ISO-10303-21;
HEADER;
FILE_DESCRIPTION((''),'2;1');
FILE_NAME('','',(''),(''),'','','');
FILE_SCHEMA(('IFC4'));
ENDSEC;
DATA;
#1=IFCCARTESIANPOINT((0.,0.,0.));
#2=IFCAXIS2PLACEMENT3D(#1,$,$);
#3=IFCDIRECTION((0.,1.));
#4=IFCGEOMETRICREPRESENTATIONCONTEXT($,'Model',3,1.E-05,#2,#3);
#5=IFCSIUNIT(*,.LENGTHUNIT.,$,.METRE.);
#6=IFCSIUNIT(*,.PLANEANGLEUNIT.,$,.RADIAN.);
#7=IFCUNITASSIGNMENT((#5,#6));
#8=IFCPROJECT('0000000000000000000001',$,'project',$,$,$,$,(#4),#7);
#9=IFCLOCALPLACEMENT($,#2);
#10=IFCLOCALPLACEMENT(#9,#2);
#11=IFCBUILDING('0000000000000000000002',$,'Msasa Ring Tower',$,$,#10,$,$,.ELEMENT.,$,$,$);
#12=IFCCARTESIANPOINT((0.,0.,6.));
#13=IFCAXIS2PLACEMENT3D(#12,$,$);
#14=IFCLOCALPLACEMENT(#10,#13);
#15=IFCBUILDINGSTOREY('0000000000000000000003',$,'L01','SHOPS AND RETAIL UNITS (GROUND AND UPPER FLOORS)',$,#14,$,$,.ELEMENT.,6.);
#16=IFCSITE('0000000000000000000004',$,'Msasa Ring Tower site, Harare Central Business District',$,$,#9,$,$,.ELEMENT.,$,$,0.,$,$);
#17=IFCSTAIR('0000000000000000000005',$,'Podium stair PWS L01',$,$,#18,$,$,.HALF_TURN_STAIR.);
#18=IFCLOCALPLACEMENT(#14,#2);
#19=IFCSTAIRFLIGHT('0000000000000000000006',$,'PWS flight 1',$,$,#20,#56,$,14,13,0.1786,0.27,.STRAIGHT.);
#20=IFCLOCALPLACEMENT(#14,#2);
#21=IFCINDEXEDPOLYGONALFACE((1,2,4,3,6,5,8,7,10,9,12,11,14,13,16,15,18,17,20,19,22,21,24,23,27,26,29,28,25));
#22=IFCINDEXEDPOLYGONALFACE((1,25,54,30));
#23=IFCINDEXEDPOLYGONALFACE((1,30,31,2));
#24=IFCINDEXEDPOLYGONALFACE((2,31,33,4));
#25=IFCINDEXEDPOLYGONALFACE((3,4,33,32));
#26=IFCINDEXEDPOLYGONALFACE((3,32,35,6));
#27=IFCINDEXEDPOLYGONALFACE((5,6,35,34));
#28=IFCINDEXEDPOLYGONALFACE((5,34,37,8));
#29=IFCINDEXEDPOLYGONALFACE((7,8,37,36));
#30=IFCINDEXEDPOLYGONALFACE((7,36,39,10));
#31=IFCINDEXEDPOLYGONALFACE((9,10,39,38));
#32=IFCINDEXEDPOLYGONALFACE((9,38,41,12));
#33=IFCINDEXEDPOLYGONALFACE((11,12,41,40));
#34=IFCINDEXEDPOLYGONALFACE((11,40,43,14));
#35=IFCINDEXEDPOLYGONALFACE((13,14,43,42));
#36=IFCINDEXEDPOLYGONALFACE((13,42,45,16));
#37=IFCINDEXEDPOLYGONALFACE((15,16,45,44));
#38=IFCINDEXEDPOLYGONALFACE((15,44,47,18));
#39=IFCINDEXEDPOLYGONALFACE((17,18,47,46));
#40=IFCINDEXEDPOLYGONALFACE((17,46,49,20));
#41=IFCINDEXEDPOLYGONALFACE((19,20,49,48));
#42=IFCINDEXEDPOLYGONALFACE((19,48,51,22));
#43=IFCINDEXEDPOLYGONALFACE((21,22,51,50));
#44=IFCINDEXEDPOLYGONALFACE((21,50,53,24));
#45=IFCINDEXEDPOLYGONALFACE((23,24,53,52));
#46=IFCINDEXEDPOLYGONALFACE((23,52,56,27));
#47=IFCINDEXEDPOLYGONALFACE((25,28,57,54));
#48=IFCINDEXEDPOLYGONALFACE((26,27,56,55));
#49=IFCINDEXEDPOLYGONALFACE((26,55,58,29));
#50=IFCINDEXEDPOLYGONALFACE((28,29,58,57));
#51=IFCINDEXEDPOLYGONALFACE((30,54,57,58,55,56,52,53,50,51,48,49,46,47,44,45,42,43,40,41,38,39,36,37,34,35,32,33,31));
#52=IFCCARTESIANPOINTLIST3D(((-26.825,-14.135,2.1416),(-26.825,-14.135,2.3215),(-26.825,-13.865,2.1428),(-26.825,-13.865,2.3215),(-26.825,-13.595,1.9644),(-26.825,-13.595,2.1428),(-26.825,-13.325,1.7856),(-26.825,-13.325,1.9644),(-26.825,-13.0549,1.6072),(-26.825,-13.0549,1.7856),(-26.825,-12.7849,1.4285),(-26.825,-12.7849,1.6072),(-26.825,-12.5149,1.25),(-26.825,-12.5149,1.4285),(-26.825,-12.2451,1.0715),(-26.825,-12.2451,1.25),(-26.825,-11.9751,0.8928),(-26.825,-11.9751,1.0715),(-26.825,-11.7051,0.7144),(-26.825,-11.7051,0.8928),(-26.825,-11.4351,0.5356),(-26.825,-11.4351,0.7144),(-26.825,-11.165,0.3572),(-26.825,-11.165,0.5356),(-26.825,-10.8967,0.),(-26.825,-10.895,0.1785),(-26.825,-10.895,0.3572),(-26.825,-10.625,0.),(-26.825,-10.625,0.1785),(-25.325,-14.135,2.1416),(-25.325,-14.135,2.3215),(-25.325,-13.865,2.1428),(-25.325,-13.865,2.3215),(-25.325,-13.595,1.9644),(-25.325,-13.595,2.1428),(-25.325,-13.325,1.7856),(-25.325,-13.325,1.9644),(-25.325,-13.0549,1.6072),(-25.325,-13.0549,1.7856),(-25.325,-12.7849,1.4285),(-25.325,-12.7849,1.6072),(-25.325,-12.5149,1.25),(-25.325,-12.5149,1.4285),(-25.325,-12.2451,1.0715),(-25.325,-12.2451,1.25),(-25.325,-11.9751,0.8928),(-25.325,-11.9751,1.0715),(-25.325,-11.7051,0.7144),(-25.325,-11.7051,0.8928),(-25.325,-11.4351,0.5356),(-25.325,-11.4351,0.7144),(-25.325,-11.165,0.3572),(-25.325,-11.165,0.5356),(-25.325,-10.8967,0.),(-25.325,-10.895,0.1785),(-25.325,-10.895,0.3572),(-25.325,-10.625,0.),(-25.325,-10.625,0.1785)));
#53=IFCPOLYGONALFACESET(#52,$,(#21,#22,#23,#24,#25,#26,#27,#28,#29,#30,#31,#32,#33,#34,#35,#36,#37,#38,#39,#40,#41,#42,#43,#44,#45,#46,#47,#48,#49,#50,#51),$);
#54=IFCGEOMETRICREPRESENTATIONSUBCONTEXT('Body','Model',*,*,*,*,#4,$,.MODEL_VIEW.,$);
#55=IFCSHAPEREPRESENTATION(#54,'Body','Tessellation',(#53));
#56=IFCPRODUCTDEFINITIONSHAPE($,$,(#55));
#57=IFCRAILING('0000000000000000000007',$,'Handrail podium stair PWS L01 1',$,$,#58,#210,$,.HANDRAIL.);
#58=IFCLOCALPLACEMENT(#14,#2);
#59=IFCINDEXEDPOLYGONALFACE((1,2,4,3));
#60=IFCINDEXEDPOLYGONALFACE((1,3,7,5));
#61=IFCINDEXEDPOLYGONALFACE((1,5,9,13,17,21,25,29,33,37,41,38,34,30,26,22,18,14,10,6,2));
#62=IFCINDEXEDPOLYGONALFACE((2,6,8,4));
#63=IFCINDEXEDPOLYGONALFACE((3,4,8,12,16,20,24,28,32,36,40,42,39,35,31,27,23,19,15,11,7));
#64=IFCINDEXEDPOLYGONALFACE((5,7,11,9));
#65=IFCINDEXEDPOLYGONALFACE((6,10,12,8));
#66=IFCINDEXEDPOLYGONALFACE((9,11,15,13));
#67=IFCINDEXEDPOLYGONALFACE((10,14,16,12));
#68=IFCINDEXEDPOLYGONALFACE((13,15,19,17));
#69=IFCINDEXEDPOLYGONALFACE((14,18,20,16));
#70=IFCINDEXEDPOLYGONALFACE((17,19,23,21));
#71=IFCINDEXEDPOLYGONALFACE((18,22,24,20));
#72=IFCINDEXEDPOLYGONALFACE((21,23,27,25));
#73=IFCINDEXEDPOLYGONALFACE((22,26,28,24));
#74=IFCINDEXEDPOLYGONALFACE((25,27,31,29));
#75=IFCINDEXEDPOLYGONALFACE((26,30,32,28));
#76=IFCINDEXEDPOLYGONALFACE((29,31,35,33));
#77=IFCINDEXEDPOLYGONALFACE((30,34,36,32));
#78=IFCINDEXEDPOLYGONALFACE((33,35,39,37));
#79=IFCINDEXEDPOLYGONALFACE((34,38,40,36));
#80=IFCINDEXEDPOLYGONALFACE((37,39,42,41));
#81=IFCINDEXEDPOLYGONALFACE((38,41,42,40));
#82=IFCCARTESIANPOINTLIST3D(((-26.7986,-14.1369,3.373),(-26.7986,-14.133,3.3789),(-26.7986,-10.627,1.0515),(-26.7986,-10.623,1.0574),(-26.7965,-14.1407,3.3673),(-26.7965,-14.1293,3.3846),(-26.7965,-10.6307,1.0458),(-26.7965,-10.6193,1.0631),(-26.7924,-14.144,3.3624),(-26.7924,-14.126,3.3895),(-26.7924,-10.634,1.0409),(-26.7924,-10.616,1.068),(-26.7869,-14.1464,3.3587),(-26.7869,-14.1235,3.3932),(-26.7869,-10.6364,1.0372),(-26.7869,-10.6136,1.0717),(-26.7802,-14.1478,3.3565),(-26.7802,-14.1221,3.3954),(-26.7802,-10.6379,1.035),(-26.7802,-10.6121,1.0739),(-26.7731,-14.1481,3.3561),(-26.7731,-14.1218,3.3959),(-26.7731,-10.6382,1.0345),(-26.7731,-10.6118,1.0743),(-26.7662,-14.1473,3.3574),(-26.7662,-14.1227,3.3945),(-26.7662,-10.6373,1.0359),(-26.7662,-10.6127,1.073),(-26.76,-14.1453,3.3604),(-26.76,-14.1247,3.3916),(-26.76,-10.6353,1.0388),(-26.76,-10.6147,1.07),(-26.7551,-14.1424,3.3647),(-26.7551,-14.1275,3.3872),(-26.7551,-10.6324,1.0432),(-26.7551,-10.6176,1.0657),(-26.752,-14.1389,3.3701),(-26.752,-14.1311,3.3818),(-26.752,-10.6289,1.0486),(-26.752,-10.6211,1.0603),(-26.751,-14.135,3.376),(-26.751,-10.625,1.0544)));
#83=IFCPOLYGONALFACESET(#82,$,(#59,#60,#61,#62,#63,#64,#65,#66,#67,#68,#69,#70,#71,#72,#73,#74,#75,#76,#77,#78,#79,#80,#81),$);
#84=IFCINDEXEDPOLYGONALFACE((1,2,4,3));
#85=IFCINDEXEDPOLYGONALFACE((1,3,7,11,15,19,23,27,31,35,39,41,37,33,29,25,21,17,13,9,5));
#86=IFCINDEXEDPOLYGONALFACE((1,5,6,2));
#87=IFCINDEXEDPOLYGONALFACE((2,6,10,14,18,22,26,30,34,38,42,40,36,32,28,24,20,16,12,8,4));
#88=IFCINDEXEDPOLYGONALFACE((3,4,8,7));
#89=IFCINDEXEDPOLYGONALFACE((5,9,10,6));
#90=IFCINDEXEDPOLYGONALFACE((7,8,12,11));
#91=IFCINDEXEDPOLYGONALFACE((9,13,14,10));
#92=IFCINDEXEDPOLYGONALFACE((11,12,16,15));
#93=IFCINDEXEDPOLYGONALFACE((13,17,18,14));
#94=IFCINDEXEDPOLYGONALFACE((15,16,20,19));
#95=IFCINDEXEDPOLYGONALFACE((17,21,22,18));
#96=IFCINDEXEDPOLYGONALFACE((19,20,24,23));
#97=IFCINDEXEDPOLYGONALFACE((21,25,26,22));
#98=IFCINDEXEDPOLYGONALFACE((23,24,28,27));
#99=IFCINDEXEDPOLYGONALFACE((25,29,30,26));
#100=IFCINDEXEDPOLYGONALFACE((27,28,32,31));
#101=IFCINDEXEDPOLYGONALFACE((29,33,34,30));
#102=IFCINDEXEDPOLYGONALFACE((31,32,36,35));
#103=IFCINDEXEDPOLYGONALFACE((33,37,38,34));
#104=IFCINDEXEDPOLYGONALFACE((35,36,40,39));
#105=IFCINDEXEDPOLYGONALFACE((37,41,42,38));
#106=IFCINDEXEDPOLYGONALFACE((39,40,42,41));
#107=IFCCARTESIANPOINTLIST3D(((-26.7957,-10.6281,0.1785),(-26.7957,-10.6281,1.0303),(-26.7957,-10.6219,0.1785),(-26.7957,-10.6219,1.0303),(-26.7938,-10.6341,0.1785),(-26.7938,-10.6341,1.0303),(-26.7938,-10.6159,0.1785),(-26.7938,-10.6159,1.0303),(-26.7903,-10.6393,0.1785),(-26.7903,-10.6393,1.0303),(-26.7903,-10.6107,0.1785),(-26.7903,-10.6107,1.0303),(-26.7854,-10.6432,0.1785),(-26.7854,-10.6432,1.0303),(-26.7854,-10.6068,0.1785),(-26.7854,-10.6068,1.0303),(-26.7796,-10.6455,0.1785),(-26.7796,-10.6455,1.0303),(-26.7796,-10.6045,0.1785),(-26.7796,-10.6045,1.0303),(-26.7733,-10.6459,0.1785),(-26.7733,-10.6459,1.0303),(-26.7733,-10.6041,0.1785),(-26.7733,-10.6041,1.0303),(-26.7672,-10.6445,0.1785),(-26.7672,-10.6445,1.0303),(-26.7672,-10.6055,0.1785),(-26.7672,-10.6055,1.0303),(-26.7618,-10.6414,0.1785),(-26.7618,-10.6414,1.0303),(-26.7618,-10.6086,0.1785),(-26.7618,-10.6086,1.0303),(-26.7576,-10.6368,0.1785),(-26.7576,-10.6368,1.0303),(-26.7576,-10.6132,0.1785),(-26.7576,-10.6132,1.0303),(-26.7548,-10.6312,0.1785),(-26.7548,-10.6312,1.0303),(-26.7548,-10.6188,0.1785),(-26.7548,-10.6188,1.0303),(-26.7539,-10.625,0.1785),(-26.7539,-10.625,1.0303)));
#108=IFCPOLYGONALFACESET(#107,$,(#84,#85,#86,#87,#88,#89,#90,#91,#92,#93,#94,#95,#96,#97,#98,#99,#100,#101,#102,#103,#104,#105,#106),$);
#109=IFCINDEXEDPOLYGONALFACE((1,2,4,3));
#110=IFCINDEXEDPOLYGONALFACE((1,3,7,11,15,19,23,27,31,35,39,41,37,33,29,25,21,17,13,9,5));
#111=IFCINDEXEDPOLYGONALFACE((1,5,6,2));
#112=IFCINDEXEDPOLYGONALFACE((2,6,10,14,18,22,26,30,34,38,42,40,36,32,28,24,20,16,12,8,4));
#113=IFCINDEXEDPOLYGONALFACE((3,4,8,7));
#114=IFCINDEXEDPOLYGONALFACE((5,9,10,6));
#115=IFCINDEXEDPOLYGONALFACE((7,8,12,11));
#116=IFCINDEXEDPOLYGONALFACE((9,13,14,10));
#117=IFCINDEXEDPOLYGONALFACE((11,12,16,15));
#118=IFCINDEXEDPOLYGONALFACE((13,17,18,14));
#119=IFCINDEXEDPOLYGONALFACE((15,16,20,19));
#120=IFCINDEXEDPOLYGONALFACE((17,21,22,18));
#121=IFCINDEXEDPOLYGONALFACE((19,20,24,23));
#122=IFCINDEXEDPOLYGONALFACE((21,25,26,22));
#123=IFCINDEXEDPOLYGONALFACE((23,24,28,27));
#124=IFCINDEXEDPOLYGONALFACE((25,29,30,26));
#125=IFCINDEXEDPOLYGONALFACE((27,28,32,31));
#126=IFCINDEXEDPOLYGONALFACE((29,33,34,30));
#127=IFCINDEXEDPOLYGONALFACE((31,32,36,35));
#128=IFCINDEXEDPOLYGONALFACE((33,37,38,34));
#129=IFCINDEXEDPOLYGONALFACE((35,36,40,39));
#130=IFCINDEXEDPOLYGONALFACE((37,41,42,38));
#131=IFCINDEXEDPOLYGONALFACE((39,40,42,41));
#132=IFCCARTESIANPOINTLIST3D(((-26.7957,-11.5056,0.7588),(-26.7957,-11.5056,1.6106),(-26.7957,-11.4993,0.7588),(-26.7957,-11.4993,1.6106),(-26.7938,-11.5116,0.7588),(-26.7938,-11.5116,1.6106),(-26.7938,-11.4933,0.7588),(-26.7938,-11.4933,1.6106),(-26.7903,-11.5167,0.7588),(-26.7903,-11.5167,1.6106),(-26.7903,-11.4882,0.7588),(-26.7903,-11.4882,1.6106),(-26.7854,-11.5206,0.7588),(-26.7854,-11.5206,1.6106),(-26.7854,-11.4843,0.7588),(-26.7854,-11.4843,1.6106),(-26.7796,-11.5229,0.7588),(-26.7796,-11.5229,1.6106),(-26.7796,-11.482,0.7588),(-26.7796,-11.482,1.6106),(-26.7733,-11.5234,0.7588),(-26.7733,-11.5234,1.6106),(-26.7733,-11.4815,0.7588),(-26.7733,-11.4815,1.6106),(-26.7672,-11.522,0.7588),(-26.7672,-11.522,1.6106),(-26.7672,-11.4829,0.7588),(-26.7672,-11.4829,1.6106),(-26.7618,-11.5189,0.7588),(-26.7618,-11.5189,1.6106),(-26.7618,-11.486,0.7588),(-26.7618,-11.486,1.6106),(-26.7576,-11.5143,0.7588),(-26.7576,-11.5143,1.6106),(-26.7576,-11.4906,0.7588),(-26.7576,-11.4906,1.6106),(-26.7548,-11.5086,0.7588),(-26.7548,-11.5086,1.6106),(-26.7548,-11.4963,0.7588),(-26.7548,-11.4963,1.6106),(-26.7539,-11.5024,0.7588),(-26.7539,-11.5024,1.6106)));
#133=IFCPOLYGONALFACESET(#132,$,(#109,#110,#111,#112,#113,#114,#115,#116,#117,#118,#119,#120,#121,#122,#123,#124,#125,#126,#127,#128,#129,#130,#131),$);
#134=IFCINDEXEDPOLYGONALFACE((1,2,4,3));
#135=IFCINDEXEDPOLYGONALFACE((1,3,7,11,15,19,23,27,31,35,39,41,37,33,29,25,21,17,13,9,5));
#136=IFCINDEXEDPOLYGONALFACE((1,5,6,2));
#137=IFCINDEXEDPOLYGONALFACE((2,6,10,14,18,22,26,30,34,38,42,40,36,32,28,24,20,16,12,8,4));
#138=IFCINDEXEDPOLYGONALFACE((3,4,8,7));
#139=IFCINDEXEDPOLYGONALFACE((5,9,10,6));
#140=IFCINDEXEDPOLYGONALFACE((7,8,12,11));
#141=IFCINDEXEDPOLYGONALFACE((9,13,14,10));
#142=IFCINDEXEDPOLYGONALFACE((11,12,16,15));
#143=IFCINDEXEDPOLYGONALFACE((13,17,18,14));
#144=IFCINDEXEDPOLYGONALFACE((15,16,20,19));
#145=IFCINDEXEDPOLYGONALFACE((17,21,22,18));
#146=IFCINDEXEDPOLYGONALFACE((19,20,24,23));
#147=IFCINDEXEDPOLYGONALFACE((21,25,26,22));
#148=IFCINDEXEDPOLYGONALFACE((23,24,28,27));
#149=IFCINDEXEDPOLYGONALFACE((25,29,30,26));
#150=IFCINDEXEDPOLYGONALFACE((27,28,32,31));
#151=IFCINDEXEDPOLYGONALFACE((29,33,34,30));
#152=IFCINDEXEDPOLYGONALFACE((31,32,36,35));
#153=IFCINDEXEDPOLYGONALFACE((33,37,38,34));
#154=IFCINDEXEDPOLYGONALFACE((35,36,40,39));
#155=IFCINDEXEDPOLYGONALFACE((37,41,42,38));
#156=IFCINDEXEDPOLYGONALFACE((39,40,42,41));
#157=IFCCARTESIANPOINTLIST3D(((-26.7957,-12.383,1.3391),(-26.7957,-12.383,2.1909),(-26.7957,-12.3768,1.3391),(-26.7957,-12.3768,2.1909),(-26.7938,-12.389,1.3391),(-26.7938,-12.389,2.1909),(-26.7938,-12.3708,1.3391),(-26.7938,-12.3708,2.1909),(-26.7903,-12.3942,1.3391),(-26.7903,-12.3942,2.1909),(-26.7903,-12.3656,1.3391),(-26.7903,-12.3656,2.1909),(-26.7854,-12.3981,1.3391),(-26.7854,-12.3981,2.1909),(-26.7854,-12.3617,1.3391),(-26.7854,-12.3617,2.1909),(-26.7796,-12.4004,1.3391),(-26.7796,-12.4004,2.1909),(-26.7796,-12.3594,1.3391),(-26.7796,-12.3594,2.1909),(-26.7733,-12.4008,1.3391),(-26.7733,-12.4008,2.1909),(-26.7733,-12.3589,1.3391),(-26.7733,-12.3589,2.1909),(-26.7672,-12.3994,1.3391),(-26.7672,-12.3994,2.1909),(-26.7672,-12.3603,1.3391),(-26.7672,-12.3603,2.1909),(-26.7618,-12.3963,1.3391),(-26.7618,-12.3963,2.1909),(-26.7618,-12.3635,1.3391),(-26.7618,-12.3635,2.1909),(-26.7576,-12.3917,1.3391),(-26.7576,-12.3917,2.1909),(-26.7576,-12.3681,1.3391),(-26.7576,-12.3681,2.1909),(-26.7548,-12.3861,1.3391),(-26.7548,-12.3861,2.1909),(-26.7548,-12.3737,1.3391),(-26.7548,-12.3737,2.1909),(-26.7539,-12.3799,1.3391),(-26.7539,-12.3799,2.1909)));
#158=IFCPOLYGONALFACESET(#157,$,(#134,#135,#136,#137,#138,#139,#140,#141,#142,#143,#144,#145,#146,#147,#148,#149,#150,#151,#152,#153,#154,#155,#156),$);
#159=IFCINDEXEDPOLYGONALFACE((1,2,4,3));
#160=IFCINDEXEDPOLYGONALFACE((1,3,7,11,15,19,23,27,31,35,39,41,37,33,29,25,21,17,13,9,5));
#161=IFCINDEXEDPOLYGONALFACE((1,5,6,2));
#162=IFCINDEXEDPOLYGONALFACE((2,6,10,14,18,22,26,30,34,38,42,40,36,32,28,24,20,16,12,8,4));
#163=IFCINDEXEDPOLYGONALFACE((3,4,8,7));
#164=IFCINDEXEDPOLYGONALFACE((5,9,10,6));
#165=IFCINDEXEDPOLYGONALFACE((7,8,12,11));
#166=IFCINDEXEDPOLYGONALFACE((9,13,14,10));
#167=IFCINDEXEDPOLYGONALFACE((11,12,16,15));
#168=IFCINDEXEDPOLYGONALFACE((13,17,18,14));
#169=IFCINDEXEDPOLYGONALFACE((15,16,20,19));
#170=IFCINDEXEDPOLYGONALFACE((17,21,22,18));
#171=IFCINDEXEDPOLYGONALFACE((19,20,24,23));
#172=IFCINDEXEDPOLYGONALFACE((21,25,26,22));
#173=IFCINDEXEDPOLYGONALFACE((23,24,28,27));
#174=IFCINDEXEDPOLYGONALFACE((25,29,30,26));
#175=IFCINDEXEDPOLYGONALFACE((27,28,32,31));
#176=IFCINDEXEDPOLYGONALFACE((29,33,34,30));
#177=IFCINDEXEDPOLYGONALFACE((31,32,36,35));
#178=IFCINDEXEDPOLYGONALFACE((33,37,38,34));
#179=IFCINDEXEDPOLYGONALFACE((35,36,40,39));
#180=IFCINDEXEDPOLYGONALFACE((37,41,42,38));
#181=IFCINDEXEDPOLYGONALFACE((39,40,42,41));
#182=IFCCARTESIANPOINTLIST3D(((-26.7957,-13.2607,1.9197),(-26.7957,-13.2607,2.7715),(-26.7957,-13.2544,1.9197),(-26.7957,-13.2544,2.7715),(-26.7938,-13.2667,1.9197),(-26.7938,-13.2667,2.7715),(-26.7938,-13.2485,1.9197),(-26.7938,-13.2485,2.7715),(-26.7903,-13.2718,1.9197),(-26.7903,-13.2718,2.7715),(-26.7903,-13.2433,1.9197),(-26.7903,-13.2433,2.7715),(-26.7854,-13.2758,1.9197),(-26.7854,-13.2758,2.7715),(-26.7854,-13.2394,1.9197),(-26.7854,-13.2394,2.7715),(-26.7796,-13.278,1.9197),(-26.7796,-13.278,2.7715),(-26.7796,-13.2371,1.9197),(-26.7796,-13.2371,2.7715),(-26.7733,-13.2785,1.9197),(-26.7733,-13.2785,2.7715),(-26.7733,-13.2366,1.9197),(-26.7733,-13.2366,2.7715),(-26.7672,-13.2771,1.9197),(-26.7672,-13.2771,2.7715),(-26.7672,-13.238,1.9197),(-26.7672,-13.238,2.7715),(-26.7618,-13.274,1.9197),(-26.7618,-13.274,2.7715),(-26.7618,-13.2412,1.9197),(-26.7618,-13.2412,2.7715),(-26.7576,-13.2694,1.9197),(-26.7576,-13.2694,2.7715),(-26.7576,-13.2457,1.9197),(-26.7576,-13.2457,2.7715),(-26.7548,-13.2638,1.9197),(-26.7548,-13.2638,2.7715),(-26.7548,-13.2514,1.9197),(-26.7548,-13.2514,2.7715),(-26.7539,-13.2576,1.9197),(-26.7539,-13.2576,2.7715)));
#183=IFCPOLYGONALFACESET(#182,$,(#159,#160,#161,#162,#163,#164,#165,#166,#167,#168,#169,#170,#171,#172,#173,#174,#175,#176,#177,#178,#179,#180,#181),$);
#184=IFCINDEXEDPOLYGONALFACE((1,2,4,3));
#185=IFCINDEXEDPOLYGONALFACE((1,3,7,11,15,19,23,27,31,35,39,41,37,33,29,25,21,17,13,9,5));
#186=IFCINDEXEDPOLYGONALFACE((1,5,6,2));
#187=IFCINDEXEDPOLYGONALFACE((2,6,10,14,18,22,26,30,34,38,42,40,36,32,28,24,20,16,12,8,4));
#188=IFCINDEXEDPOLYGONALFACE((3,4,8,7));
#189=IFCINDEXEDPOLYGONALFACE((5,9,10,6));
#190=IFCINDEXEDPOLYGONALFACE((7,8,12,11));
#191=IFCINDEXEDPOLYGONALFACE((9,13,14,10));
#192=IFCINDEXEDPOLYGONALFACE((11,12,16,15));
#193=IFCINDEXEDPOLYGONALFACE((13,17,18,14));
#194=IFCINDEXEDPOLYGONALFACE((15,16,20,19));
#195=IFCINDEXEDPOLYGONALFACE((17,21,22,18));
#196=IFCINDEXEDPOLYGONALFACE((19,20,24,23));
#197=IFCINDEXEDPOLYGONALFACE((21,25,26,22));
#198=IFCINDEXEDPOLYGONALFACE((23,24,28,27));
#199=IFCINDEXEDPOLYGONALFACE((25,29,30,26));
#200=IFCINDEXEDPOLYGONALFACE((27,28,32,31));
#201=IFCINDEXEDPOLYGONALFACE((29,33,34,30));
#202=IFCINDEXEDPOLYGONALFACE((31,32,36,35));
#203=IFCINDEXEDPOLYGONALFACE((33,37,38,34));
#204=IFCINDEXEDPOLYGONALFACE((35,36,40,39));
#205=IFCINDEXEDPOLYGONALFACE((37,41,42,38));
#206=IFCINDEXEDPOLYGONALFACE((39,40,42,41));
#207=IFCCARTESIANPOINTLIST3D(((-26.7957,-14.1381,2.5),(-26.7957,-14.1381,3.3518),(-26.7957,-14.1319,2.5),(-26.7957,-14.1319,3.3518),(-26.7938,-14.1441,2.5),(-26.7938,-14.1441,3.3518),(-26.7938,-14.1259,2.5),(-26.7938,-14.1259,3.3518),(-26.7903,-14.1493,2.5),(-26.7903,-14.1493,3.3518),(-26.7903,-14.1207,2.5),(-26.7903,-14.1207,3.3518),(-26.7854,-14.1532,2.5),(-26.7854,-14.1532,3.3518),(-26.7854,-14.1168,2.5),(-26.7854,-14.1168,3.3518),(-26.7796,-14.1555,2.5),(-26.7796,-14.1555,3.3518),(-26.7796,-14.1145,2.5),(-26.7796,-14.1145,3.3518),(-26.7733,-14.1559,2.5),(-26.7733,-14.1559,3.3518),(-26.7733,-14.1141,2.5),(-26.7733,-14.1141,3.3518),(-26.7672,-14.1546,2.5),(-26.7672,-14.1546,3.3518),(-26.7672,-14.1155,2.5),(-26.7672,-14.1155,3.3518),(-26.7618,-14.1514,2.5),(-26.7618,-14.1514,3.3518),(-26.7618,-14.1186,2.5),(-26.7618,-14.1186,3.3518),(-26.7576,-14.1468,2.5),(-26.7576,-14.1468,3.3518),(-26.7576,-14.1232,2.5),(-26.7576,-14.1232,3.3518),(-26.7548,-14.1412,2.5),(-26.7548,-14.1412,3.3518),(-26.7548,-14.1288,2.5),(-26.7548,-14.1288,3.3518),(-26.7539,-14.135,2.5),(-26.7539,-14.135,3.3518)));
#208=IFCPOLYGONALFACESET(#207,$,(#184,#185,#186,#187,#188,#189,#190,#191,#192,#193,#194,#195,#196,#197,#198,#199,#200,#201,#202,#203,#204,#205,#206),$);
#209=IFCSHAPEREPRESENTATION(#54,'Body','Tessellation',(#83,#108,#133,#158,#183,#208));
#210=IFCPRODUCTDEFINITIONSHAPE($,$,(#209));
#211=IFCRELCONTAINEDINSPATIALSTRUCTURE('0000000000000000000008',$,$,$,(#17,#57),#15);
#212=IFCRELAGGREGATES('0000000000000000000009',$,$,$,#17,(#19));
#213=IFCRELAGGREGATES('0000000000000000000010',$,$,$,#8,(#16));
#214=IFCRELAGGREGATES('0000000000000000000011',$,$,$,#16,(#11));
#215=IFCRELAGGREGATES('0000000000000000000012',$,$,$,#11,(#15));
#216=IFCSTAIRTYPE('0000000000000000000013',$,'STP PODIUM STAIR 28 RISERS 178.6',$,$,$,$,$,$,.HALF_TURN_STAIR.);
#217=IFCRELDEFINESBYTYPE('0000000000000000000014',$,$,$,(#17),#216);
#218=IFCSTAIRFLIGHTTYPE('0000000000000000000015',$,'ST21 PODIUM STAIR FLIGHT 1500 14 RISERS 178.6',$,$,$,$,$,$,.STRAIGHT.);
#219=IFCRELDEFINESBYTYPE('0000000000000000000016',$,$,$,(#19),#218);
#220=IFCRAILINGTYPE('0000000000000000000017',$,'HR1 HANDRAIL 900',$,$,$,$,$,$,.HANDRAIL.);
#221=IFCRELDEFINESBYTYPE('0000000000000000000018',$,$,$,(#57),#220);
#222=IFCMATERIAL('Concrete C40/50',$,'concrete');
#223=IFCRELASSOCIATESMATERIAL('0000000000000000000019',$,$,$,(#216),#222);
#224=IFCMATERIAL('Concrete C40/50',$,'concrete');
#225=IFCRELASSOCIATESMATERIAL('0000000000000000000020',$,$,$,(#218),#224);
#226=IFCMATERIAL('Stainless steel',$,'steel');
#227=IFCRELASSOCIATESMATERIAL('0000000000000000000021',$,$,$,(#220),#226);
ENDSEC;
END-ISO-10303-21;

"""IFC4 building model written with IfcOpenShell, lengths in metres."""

from ifc_helpers import new_model, si_unit, direction, frame, origin, origin_2d, place, context, subcontext, project, spatial, polyline, circle, outline, extrude, material, type_object, element, aggregate, save


model = new_model("IFC4")

# Units and contexts
model_context = context("Model", 3, precision=1e-05, world=origin(), true_north=direction((0.0, 1.0)))
body_context = subcontext(model_context, "Body", "Model", "MODEL_VIEW")
ifc_project = project(units=[si_unit("LENGTHUNIT", "METRE"), si_unit("PLANEANGLEUNIT", "RADIAN")], contexts=[model_context])

# Site, building, storey
site_placement = place(None, origin())
site = spatial("IfcSite", under=ifc_project, at=site_placement, Name="Msasa Ring Tower site, Harare Central Business District", CompositionType="ELEMENT", RefElevation=0.0)
building_placement = place(site_placement, origin())
building = spatial("IfcBuilding", under=site, at=building_placement, Name="Msasa Ring Tower", CompositionType="ELEMENT")
storey_placement = place(building_placement, frame((0.0, 0.0, 6.0)))
storey = spatial("IfcBuildingStorey", under=building, at=storey_placement, Name="L01", Description="SHOPS AND RETAIL UNITS (GROUND AND UPPER FLOORS)", CompositionType="ELEMENT", Elevation=6.0)

# Stair, stair flight
ifc_material_1 = material(Name="Concrete C40/50", Category="concrete")
stair_type = type_object("IfcStairType", Name="STP PODIUM STAIR 28 RISERS 178.6", PredefinedType="HALF_TURN_STAIR", material=ifc_material_1)
stair_placement = place(storey_placement, origin())
stair = element("IfcStair", 1, at=stair_placement, inside=storey, type_object=stair_type, Name="Podium stair PWS L01", PredefinedType="HALF_TURN_STAIR")
ifc_material_2 = material(Name="Concrete C40/50", Category="concrete")
stair_flight_type = type_object("IfcStairFlightType", Name="ST21 PODIUM STAIR FLIGHT 1500 14 RISERS 178.6", PredefinedType="STRAIGHT", material=ifc_material_2)
stair_flight_placement = place(storey_placement, frame((-26.075, -10.625, 0.0), z_axis=(0.0, 0.0, 1.0), x_axis=(0.0, -1.0, 0.0)))
stair_flight = element("IfcStairFlight", 2, at=stair_flight_placement, type_object=stair_flight_type, Name="PWS flight 1", NumberOfRisers=14, NumberOfTreads=13, PredefinedType="STRAIGHT", RiserHeight=0.1786, TreadLength=0.27, context=body_context, shape_type="SweptSolid", body=[
    extrude(outline(polyline([(0.0, 0.0), (0.0, 0.1785), (0.27, 0.1785), (0.27, 0.3572), (0.54, 0.3572), (0.54, 0.5356), (0.8101, 0.5356), (0.8101, 0.7144), (1.0801, 0.7144), (1.0801, 0.8928), (1.3501, 0.8928), (1.3501, 1.0715), (1.6201, 1.0715), (1.6201, 1.25), (1.8899, 1.25), (1.8899, 1.4285), (2.1599, 1.4285), (2.1599, 1.6072), (2.4299, 1.6072), (2.4299, 1.7856), (2.7, 1.7856), (2.7, 1.9644), (2.97, 1.9644), (2.97, 2.1428), (3.24, 2.1428), (3.24, 2.3215), (3.51, 2.3215), (3.51, 2.5), (3.51, 2.1416), (0.2717, 0.0), (0.0, 0.0)])), frame((0.0, 0.75, 0.0), z_axis=(0.0, -1.0, 0.0), x_axis=(1.0, 0.0, 0.0)), (0.0, 0.0, 1.0), 1.5),
])
aggregate(stair, [stair_flight])

# Railing
ifc_material_3 = material(Name="Stainless steel", Category="steel")
railing_type = type_object("IfcRailingType", Name="HR1 HANDRAIL 900", PredefinedType="HANDRAIL", material=ifc_material_3)
for number, where, name in (
    (3, (-26.7749, -10.625, 0.1785), "Handrail podium stair PWS L01 1"),
):
    element("IfcRailing", number, at=place(storey_placement, frame(where)), inside=storey, type_object=railing_type, Name=name, PredefinedType="HANDRAIL", context=body_context, shape_type="SweptSolid", body=[
        extrude(circle(Radius=0.0239, at=origin_2d()), frame((0.0, 0.0, 0.876), z_axis=(0.0, -0.834071, 0.551657), x_axis=(1.0, 0.0, 0.0)), (0.0, 0.0, 1.0), 4.2083),
        extrude(circle(Radius=0.021, at=origin_2d()), origin(), (0.0, 0.0, 1.0), 0.8518),
        extrude(circle(Radius=0.021, at=origin_2d()), frame((0.0, -0.8774, 0.5803)), (0.0, 0.0, 1.0), 0.8518),
        extrude(circle(Radius=0.021, at=origin_2d()), frame((0.0, -1.7549, 1.1606)), (0.0, 0.0, 1.0), 0.8518),
        extrude(circle(Radius=0.021, at=origin_2d()), frame((0.0, -2.6326, 1.7412)), (0.0, 0.0, 1.0), 0.8518),
        extrude(circle(Radius=0.021, at=origin_2d()), frame((0.0, -3.51, 2.3215)), (0.0, 0.0, 1.0), 0.8518),
    ])

save(model, "model.ifc")
